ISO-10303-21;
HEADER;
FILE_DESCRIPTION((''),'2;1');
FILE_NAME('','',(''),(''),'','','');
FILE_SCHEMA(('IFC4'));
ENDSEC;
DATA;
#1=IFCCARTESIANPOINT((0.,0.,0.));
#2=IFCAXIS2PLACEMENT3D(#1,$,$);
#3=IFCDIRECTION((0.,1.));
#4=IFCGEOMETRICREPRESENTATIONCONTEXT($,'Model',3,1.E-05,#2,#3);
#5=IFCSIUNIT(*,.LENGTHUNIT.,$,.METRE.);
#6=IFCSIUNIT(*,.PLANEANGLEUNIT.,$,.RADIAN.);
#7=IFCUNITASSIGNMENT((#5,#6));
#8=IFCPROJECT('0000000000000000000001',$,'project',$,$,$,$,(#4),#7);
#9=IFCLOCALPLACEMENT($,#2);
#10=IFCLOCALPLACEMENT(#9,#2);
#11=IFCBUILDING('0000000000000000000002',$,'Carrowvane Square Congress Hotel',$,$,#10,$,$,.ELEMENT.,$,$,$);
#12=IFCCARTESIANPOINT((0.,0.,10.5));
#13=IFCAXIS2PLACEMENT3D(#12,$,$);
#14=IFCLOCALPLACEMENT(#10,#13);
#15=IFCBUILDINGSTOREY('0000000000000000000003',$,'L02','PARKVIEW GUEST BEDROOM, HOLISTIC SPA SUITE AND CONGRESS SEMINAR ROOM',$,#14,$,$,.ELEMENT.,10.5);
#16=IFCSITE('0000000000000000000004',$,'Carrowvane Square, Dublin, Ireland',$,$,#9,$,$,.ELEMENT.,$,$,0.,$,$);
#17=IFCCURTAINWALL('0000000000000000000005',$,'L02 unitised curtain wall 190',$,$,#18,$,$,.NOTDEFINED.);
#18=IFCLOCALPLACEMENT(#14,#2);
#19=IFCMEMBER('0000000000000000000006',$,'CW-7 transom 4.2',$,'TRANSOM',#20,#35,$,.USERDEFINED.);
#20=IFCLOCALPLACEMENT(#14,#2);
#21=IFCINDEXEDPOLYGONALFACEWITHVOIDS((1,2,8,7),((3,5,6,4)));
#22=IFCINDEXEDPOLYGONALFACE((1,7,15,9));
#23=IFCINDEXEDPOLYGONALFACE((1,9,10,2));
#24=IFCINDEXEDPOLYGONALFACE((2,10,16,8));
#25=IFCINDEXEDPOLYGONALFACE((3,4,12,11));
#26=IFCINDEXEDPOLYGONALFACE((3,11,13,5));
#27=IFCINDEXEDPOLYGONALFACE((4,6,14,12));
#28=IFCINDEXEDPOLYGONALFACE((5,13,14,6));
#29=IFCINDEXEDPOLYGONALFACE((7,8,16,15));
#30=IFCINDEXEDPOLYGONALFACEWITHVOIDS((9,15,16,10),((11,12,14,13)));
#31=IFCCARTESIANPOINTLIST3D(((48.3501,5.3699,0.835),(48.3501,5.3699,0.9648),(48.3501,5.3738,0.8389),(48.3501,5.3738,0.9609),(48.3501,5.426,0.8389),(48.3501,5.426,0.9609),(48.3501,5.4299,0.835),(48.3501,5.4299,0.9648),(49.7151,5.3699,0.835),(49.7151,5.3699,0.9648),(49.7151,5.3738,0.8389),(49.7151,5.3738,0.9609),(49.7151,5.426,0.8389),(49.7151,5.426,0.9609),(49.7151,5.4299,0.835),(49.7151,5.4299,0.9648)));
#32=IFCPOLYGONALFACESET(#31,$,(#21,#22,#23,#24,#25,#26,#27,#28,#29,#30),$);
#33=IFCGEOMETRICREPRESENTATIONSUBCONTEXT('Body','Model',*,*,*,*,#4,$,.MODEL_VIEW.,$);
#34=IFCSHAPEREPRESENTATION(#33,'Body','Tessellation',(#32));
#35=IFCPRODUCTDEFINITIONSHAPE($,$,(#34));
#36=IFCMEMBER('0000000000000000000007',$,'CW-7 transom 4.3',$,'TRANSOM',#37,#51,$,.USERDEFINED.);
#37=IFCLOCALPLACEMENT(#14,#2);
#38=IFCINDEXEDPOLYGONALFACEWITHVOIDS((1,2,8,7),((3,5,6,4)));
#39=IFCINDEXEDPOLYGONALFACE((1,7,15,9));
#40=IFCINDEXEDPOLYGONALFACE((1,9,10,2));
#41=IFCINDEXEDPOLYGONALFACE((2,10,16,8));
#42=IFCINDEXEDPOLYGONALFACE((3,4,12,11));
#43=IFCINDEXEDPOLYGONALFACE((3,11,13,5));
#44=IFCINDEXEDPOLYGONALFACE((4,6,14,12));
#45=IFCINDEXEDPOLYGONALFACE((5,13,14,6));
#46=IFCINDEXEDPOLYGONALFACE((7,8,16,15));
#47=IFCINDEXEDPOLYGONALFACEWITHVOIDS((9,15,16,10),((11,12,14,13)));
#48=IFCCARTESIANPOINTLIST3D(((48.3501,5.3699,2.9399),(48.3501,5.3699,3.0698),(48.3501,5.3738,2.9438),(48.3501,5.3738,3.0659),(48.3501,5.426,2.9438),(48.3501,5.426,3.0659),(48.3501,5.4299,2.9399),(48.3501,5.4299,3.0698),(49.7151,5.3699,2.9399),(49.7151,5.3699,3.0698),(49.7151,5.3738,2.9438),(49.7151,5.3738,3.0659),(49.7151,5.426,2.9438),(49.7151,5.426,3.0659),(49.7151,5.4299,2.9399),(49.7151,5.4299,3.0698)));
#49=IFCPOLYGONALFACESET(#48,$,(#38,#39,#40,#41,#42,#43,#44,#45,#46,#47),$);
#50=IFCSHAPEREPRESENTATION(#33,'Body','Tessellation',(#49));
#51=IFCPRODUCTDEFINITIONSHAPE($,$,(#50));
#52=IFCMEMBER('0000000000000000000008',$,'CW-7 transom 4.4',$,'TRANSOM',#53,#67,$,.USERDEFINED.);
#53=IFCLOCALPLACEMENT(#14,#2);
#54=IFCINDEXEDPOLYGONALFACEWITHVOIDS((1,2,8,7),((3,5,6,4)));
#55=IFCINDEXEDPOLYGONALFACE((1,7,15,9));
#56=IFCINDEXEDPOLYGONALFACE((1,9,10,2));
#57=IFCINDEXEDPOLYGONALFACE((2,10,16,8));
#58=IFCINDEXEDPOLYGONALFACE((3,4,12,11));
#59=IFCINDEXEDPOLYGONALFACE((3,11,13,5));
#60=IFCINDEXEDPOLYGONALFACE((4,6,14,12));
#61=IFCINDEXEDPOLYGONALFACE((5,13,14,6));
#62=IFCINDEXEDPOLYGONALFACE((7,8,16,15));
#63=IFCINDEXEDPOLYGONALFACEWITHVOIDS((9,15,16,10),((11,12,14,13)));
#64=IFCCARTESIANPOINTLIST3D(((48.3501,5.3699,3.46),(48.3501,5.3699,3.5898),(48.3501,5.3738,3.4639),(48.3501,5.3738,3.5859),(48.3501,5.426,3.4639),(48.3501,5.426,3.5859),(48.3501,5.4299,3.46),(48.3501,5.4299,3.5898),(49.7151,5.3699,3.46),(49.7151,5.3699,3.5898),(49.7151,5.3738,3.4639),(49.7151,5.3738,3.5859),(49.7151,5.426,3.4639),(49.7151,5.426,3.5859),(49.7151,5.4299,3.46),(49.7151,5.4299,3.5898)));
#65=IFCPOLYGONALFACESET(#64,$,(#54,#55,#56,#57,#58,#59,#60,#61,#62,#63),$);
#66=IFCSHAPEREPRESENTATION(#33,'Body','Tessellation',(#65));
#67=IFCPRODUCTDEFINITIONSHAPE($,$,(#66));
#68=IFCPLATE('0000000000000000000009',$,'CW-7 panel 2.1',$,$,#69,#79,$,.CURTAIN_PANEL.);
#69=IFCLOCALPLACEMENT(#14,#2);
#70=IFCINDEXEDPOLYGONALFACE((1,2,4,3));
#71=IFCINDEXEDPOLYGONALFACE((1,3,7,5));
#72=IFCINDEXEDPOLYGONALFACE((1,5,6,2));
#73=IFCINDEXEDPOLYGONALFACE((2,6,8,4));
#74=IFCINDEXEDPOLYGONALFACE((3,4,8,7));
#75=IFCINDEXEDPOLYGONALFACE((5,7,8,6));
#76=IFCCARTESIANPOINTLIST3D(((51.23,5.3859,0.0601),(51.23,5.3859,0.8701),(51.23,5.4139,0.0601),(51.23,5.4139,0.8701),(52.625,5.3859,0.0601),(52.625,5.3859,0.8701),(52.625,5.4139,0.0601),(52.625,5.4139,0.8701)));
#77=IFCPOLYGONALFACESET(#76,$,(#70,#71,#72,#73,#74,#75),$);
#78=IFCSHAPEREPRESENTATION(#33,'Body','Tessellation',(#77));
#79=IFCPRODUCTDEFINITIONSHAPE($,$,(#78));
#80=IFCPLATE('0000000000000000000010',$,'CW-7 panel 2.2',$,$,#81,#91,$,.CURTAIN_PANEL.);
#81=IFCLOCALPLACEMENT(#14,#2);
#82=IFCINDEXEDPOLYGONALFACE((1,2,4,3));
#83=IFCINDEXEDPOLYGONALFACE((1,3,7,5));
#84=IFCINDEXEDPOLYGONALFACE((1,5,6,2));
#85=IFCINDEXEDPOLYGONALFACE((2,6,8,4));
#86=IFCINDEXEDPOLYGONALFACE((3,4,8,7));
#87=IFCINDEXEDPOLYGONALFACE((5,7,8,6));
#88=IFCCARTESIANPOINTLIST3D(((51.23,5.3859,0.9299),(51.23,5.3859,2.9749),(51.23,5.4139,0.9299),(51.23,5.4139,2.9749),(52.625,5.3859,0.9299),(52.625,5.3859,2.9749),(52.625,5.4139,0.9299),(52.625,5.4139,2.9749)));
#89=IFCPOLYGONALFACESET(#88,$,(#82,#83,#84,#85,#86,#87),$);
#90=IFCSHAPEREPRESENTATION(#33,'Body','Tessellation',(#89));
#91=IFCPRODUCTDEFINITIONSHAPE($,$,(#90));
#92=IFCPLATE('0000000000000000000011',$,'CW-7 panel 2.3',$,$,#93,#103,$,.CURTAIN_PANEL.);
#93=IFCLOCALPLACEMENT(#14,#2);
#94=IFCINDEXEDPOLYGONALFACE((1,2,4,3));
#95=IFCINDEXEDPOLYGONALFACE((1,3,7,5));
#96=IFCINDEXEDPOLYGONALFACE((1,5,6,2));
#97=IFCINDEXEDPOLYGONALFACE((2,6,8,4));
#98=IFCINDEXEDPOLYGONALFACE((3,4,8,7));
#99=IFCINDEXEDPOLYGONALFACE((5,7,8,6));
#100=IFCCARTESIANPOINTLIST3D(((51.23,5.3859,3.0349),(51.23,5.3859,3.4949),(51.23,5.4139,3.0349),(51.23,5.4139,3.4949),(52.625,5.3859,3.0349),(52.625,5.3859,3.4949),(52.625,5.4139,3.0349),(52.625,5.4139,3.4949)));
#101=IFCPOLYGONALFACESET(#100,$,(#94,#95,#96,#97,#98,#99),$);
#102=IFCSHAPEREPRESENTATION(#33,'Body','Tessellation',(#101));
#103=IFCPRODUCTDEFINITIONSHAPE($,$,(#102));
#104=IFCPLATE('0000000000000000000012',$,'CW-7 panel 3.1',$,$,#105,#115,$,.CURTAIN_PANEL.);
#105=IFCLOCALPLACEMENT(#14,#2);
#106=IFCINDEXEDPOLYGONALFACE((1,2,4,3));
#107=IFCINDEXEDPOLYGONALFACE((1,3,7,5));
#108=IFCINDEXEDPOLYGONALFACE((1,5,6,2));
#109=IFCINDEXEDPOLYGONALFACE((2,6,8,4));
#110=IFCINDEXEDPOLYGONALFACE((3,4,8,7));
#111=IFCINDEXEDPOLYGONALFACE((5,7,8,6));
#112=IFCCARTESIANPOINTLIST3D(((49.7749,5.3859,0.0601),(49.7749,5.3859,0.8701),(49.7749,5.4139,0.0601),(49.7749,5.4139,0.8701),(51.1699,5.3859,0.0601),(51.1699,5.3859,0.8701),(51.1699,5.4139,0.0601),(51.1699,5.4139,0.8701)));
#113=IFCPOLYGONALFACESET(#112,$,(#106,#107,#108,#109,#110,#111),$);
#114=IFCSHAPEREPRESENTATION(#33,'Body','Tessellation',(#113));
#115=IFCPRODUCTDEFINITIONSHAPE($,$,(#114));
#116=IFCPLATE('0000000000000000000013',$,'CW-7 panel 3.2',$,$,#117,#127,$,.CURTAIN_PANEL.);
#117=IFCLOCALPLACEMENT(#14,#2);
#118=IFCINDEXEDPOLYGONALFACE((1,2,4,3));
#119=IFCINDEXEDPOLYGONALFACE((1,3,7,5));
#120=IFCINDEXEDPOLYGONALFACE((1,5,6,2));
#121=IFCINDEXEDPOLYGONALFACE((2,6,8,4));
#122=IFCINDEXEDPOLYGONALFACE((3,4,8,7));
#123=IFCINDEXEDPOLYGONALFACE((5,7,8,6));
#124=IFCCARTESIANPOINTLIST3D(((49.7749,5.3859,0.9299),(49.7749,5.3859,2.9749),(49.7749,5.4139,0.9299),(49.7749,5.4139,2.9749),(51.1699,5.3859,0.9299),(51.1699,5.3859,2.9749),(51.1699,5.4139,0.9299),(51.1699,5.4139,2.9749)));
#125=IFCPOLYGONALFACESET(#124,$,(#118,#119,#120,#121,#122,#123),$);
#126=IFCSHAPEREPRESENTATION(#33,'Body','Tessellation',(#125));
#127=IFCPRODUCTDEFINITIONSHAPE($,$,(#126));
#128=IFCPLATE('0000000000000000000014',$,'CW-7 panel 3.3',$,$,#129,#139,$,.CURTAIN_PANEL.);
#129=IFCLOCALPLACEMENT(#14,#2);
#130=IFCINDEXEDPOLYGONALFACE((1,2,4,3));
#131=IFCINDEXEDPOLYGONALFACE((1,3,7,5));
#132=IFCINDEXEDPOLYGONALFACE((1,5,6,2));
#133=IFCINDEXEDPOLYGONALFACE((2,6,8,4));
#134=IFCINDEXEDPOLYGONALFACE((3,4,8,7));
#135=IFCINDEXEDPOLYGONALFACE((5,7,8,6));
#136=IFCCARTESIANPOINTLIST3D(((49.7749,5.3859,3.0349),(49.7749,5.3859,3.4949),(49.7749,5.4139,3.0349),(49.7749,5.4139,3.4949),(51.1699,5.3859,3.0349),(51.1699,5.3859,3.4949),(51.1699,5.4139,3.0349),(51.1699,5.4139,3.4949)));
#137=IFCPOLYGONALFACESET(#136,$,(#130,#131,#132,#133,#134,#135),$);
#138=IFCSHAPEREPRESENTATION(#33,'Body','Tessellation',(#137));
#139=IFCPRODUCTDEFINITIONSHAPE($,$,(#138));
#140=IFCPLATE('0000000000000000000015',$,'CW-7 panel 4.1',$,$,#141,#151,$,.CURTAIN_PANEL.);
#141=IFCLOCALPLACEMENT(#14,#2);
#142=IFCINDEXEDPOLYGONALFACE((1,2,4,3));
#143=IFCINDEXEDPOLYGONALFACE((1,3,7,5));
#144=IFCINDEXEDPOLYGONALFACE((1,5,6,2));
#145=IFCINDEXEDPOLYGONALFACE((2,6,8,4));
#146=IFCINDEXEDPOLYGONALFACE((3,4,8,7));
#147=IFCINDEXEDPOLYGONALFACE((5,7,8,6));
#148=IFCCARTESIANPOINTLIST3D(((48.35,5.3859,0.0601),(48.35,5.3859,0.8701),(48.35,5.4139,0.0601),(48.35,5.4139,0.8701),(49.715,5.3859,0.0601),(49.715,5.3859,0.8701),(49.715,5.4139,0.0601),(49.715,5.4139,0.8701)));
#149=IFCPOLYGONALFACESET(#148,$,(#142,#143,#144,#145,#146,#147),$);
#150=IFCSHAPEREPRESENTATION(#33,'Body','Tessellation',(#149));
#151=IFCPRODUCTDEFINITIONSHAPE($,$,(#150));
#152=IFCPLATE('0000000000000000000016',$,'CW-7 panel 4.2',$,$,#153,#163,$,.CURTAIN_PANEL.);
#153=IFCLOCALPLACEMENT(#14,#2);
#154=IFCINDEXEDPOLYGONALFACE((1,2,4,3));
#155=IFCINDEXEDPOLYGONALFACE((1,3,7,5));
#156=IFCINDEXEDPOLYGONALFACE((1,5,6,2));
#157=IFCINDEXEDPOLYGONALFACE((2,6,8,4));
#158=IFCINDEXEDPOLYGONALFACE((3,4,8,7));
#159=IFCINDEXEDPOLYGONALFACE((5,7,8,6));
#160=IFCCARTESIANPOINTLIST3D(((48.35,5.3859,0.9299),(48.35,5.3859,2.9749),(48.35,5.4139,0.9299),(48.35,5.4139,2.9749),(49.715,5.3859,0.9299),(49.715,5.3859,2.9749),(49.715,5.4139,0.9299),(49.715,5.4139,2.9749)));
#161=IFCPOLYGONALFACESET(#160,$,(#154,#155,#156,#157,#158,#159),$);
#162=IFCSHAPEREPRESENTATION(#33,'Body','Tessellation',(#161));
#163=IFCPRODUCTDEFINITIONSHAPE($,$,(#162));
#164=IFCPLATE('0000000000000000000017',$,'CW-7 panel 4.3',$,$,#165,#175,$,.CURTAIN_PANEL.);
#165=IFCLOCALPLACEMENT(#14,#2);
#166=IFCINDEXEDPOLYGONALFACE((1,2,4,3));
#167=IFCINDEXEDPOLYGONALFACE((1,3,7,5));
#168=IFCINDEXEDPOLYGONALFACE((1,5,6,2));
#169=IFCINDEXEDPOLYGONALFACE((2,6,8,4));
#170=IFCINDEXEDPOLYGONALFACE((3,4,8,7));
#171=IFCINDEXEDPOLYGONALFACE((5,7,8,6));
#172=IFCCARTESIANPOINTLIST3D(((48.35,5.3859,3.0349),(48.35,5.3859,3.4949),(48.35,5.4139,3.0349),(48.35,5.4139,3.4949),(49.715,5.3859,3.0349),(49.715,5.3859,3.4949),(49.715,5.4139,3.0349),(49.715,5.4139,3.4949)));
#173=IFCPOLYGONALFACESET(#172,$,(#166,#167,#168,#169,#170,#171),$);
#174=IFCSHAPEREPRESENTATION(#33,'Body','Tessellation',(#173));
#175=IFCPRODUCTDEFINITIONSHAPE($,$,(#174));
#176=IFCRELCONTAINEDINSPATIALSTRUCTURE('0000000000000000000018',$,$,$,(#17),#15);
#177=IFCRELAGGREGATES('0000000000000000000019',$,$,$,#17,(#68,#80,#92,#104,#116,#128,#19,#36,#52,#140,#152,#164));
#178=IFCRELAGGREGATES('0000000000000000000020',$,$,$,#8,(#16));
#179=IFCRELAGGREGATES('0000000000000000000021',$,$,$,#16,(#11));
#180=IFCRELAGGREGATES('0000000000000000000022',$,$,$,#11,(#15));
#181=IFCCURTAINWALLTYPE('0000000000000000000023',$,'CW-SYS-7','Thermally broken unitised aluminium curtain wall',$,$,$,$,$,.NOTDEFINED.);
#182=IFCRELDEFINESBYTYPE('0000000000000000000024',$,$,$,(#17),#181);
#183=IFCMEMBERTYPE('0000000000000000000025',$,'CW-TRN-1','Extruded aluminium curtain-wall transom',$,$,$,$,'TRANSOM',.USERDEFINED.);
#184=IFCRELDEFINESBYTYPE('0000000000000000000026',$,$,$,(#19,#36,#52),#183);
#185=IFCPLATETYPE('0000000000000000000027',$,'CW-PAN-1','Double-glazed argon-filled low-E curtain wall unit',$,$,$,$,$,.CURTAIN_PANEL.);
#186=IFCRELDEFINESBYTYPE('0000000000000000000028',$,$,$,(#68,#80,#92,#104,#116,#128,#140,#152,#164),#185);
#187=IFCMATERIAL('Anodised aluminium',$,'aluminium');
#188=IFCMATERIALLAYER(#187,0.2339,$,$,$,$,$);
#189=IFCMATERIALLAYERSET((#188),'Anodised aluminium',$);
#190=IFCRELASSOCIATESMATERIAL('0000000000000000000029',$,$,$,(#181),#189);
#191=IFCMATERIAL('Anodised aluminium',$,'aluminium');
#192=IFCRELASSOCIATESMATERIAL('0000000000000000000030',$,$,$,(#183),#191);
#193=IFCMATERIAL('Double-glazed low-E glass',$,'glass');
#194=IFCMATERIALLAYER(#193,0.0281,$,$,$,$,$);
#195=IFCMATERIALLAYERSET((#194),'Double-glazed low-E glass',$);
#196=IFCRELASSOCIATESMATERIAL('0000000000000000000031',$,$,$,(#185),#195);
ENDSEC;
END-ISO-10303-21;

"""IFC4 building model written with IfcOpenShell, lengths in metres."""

from ifc_helpers import new_model, si_unit, direction, frame, origin, origin_2d, place, context, subcontext, project, spatial, rectangle, hollow_rectangle, extrude, material, layer, layer_set, material_profile, profile_set, type_object, element, aggregate, save


model = new_model("IFC4")

# Units and contexts
model_context = context("Model", 3, precision=1e-05, world=origin(), true_north=direction((0.0, 1.0)))
body_context = subcontext(model_context, "Body", "Model", "MODEL_VIEW")
ifc_project = project(units=[si_unit("LENGTHUNIT", "METRE"), si_unit("PLANEANGLEUNIT", "RADIAN")], contexts=[model_context])

# Site, building, storey
site_placement = place(None, origin())
site = spatial("IfcSite", under=ifc_project, at=site_placement, Name="Carrowvane Square, Dublin, Ireland", CompositionType="ELEMENT", RefElevation=0.0)
building_placement = place(site_placement, origin())
building = spatial("IfcBuilding", under=site, at=building_placement, Name="Carrowvane Square Congress Hotel", CompositionType="ELEMENT")
storey_placement = place(building_placement, frame((0.0, 0.0, 10.5)))
storey = spatial("IfcBuildingStorey", under=building, at=storey_placement, Name="L02", Description="PARKVIEW GUEST BEDROOM, HOLISTIC SPA SUITE AND CONGRESS SEMINAR ROOM", CompositionType="ELEMENT", Elevation=10.5)

# Curtain wall, members, plates
ifc_material_1 = material(Name="Anodised aluminium", Category="aluminium")
ifc_layer_1 = layer(ifc_material_1, 0.2339)
ifc_layer_set_1 = layer_set([ifc_layer_1], Name="Anodised aluminium")
curtain_wall_type = type_object("IfcCurtainWallType", Name="CW-SYS-7", Description="Thermally broken unitised aluminium curtain wall", PredefinedType="NOTDEFINED", material=ifc_layer_set_1)
curtain_wall_placement = place(storey_placement, origin())
curtain_wall = element("IfcCurtainWall", 1, at=curtain_wall_placement, inside=storey, type_object=curtain_wall_type, Name="L02 unitised curtain wall 190", PredefinedType="NOTDEFINED")
ifc_material_2 = material(Name="Anodised aluminium", Category="aluminium")
ifc_material_profile_1 = material_profile(ifc_material_2, hollow_rectangle(XDim=0.0601, YDim=0.1299, WallThickness=0.0039, at=origin_2d()), Name="CW-TR 60x130x4")
ifc_profile_set_1 = profile_set([ifc_material_profile_1], Name="Anodised aluminium")
member_type_1 = type_object("IfcMemberType", Name="CW-TRN-1", Description="Extruded aluminium curtain-wall transom", ElementType="TRANSOM", PredefinedType="USERDEFINED", material=ifc_profile_set_1)
member_1_placement = place(storey_placement, frame((49.7151, 5.3999, 0.8999), z_axis=(-1.0, 0.0, 0.0), x_axis=(0.0, -1.0, 0.0)))
member_1 = element("IfcMember", 2, at=member_1_placement, type_object=member_type_1, Name="CW-7 transom 4.2", ObjectType="TRANSOM", PredefinedType="USERDEFINED", context=body_context, shape_type="SweptSolid", body=[
    extrude(hollow_rectangle(XDim=0.0601, YDim=0.1299, WallThickness=0.0039, at=origin_2d()), origin(), (0.0, 0.0, 1.0), 1.365),
])
member_2_placement = place(storey_placement, frame((49.7151, 5.3999, 3.0049), z_axis=(-1.0, 0.0, 0.0), x_axis=(0.0, -1.0, 0.0)))
member_2 = element("IfcMember", 3, at=member_2_placement, type_object=member_type_1, Name="CW-7 transom 4.3", ObjectType="TRANSOM", PredefinedType="USERDEFINED", context=body_context, shape_type="SweptSolid", body=[
    extrude(hollow_rectangle(XDim=0.0601, YDim=0.1299, WallThickness=0.0039, at=origin_2d()), origin(), (0.0, 0.0, 1.0), 1.365),
])
member_3_placement = place(storey_placement, frame((49.7151, 5.3999, 3.5249), z_axis=(-1.0, 0.0, 0.0), x_axis=(0.0, -1.0, 0.0)))
member_3 = element("IfcMember", 4, at=member_3_placement, type_object=member_type_1, Name="CW-7 transom 4.4", ObjectType="TRANSOM", PredefinedType="USERDEFINED", context=body_context, shape_type="SweptSolid", body=[
    extrude(hollow_rectangle(XDim=0.0601, YDim=0.1299, WallThickness=0.0039, at=origin_2d()), origin(), (0.0, 0.0, 1.0), 1.365),
])
ifc_material_3 = material(Name="Double-glazed low-E glass", Category="glass")
ifc_layer_2 = layer(ifc_material_3, 0.0281)
ifc_layer_set_2 = layer_set([ifc_layer_2], Name="Double-glazed low-E glass")
plate_type = type_object("IfcPlateType", Name="CW-PAN-1", Description="Double-glazed argon-filled low-E curtain wall unit", PredefinedType="CURTAIN_PANEL", material=ifc_layer_set_2)
plate_1_placement = place(storey_placement, frame((51.9275, 5.3999, 0.0601), z_axis=(0.0, 0.0, 1.0), x_axis=(-1.0, 0.0, 0.0)))
plate_1 = element("IfcPlate", 5, at=plate_1_placement, type_object=plate_type, Name="CW-7 panel 2.1", PredefinedType="CURTAIN_PANEL", context=body_context, shape_type="SweptSolid", body=[
    extrude(rectangle(XDim=1.395, YDim=0.0281, at=origin_2d()), origin(), (0.0, 0.0, 1.0), 0.8101),
])
plate_2_placement = place(storey_placement, frame((51.9275, 5.3999, 0.9299), z_axis=(0.0, 0.0, 1.0), x_axis=(-1.0, 0.0, 0.0)))
plate_2 = element("IfcPlate", 6, at=plate_2_placement, type_object=plate_type, Name="CW-7 panel 2.2", PredefinedType="CURTAIN_PANEL", context=body_context, shape_type="SweptSolid", body=[
    extrude(rectangle(XDim=1.395, YDim=0.0281, at=origin_2d()), origin(), (0.0, 0.0, 1.0), 2.0449),
])
plate_3_placement = place(storey_placement, frame((51.9275, 5.3999, 3.0349), z_axis=(0.0, 0.0, 1.0), x_axis=(-1.0, 0.0, 0.0)))
plate_3 = element("IfcPlate", 7, at=plate_3_placement, type_object=plate_type, Name="CW-7 panel 2.3", PredefinedType="CURTAIN_PANEL", context=body_context, shape_type="SweptSolid", body=[
    extrude(rectangle(XDim=1.395, YDim=0.0281, at=origin_2d()), origin(), (0.0, 0.0, 1.0), 0.46),
])
plate_4_placement = place(storey_placement, frame((50.4724, 5.3999, 0.0601), z_axis=(0.0, 0.0, 1.0), x_axis=(-1.0, 0.0, 0.0)))
plate_4 = element("IfcPlate", 8, at=plate_4_placement, type_object=plate_type, Name="CW-7 panel 3.1", PredefinedType="CURTAIN_PANEL", context=body_context, shape_type="SweptSolid", body=[
    extrude(rectangle(XDim=1.395, YDim=0.0281, at=origin_2d()), origin(), (0.0, 0.0, 1.0), 0.8101),
])
plate_5_placement = place(storey_placement, frame((50.4724, 5.3999, 0.9299), z_axis=(0.0, 0.0, 1.0), x_axis=(-1.0, 0.0, 0.0)))
plate_5 = element("IfcPlate", 9, at=plate_5_placement, type_object=plate_type, Name="CW-7 panel 3.2", PredefinedType="CURTAIN_PANEL", context=body_context, shape_type="SweptSolid", body=[
    extrude(rectangle(XDim=1.395, YDim=0.0281, at=origin_2d()), origin(), (0.0, 0.0, 1.0), 2.0449),
])
plate_6_placement = place(storey_placement, frame((50.4724, 5.3999, 3.0349), z_axis=(0.0, 0.0, 1.0), x_axis=(-1.0, 0.0, 0.0)))
plate_6 = element("IfcPlate", 10, at=plate_6_placement, type_object=plate_type, Name="CW-7 panel 3.3", PredefinedType="CURTAIN_PANEL", context=body_context, shape_type="SweptSolid", body=[
    extrude(rectangle(XDim=1.395, YDim=0.0281, at=origin_2d()), origin(), (0.0, 0.0, 1.0), 0.46),
])
plate_7_placement = place(storey_placement, frame((49.0325, 5.3999, 0.0601), z_axis=(0.0, 0.0, 1.0), x_axis=(-1.0, 0.0, 0.0)))
plate_7 = element("IfcPlate", 11, at=plate_7_placement, type_object=plate_type, Name="CW-7 panel 4.1", PredefinedType="CURTAIN_PANEL", context=body_context, shape_type="SweptSolid", body=[
    extrude(rectangle(XDim=1.365, YDim=0.0281, at=origin_2d()), origin(), (0.0, 0.0, 1.0), 0.8101),
])
plate_8_placement = place(storey_placement, frame((49.0325, 5.3999, 0.9299), z_axis=(0.0, 0.0, 1.0), x_axis=(-1.0, 0.0, 0.0)))
plate_8 = element("IfcPlate", 12, at=plate_8_placement, type_object=plate_type, Name="CW-7 panel 4.2", PredefinedType="CURTAIN_PANEL", context=body_context, shape_type="SweptSolid", body=[
    extrude(rectangle(XDim=1.365, YDim=0.0281, at=origin_2d()), origin(), (0.0, 0.0, 1.0), 2.0449),
])
plate_9_placement = place(storey_placement, frame((49.0325, 5.3999, 3.0349), z_axis=(0.0, 0.0, 1.0), x_axis=(-1.0, 0.0, 0.0)))
plate_9 = element("IfcPlate", 13, at=plate_9_placement, type_object=plate_type, Name="CW-7 panel 4.3", PredefinedType="CURTAIN_PANEL", context=body_context, shape_type="SweptSolid", body=[
    extrude(rectangle(XDim=1.365, YDim=0.0281, at=origin_2d()), origin(), (0.0, 0.0, 1.0), 0.46),
])
aggregate(curtain_wall, [plate_1, plate_2, plate_3, plate_4, plate_5, plate_6, member_1, member_2, member_3, plate_7, plate_8, plate_9])

save(model, "model.ifc")
